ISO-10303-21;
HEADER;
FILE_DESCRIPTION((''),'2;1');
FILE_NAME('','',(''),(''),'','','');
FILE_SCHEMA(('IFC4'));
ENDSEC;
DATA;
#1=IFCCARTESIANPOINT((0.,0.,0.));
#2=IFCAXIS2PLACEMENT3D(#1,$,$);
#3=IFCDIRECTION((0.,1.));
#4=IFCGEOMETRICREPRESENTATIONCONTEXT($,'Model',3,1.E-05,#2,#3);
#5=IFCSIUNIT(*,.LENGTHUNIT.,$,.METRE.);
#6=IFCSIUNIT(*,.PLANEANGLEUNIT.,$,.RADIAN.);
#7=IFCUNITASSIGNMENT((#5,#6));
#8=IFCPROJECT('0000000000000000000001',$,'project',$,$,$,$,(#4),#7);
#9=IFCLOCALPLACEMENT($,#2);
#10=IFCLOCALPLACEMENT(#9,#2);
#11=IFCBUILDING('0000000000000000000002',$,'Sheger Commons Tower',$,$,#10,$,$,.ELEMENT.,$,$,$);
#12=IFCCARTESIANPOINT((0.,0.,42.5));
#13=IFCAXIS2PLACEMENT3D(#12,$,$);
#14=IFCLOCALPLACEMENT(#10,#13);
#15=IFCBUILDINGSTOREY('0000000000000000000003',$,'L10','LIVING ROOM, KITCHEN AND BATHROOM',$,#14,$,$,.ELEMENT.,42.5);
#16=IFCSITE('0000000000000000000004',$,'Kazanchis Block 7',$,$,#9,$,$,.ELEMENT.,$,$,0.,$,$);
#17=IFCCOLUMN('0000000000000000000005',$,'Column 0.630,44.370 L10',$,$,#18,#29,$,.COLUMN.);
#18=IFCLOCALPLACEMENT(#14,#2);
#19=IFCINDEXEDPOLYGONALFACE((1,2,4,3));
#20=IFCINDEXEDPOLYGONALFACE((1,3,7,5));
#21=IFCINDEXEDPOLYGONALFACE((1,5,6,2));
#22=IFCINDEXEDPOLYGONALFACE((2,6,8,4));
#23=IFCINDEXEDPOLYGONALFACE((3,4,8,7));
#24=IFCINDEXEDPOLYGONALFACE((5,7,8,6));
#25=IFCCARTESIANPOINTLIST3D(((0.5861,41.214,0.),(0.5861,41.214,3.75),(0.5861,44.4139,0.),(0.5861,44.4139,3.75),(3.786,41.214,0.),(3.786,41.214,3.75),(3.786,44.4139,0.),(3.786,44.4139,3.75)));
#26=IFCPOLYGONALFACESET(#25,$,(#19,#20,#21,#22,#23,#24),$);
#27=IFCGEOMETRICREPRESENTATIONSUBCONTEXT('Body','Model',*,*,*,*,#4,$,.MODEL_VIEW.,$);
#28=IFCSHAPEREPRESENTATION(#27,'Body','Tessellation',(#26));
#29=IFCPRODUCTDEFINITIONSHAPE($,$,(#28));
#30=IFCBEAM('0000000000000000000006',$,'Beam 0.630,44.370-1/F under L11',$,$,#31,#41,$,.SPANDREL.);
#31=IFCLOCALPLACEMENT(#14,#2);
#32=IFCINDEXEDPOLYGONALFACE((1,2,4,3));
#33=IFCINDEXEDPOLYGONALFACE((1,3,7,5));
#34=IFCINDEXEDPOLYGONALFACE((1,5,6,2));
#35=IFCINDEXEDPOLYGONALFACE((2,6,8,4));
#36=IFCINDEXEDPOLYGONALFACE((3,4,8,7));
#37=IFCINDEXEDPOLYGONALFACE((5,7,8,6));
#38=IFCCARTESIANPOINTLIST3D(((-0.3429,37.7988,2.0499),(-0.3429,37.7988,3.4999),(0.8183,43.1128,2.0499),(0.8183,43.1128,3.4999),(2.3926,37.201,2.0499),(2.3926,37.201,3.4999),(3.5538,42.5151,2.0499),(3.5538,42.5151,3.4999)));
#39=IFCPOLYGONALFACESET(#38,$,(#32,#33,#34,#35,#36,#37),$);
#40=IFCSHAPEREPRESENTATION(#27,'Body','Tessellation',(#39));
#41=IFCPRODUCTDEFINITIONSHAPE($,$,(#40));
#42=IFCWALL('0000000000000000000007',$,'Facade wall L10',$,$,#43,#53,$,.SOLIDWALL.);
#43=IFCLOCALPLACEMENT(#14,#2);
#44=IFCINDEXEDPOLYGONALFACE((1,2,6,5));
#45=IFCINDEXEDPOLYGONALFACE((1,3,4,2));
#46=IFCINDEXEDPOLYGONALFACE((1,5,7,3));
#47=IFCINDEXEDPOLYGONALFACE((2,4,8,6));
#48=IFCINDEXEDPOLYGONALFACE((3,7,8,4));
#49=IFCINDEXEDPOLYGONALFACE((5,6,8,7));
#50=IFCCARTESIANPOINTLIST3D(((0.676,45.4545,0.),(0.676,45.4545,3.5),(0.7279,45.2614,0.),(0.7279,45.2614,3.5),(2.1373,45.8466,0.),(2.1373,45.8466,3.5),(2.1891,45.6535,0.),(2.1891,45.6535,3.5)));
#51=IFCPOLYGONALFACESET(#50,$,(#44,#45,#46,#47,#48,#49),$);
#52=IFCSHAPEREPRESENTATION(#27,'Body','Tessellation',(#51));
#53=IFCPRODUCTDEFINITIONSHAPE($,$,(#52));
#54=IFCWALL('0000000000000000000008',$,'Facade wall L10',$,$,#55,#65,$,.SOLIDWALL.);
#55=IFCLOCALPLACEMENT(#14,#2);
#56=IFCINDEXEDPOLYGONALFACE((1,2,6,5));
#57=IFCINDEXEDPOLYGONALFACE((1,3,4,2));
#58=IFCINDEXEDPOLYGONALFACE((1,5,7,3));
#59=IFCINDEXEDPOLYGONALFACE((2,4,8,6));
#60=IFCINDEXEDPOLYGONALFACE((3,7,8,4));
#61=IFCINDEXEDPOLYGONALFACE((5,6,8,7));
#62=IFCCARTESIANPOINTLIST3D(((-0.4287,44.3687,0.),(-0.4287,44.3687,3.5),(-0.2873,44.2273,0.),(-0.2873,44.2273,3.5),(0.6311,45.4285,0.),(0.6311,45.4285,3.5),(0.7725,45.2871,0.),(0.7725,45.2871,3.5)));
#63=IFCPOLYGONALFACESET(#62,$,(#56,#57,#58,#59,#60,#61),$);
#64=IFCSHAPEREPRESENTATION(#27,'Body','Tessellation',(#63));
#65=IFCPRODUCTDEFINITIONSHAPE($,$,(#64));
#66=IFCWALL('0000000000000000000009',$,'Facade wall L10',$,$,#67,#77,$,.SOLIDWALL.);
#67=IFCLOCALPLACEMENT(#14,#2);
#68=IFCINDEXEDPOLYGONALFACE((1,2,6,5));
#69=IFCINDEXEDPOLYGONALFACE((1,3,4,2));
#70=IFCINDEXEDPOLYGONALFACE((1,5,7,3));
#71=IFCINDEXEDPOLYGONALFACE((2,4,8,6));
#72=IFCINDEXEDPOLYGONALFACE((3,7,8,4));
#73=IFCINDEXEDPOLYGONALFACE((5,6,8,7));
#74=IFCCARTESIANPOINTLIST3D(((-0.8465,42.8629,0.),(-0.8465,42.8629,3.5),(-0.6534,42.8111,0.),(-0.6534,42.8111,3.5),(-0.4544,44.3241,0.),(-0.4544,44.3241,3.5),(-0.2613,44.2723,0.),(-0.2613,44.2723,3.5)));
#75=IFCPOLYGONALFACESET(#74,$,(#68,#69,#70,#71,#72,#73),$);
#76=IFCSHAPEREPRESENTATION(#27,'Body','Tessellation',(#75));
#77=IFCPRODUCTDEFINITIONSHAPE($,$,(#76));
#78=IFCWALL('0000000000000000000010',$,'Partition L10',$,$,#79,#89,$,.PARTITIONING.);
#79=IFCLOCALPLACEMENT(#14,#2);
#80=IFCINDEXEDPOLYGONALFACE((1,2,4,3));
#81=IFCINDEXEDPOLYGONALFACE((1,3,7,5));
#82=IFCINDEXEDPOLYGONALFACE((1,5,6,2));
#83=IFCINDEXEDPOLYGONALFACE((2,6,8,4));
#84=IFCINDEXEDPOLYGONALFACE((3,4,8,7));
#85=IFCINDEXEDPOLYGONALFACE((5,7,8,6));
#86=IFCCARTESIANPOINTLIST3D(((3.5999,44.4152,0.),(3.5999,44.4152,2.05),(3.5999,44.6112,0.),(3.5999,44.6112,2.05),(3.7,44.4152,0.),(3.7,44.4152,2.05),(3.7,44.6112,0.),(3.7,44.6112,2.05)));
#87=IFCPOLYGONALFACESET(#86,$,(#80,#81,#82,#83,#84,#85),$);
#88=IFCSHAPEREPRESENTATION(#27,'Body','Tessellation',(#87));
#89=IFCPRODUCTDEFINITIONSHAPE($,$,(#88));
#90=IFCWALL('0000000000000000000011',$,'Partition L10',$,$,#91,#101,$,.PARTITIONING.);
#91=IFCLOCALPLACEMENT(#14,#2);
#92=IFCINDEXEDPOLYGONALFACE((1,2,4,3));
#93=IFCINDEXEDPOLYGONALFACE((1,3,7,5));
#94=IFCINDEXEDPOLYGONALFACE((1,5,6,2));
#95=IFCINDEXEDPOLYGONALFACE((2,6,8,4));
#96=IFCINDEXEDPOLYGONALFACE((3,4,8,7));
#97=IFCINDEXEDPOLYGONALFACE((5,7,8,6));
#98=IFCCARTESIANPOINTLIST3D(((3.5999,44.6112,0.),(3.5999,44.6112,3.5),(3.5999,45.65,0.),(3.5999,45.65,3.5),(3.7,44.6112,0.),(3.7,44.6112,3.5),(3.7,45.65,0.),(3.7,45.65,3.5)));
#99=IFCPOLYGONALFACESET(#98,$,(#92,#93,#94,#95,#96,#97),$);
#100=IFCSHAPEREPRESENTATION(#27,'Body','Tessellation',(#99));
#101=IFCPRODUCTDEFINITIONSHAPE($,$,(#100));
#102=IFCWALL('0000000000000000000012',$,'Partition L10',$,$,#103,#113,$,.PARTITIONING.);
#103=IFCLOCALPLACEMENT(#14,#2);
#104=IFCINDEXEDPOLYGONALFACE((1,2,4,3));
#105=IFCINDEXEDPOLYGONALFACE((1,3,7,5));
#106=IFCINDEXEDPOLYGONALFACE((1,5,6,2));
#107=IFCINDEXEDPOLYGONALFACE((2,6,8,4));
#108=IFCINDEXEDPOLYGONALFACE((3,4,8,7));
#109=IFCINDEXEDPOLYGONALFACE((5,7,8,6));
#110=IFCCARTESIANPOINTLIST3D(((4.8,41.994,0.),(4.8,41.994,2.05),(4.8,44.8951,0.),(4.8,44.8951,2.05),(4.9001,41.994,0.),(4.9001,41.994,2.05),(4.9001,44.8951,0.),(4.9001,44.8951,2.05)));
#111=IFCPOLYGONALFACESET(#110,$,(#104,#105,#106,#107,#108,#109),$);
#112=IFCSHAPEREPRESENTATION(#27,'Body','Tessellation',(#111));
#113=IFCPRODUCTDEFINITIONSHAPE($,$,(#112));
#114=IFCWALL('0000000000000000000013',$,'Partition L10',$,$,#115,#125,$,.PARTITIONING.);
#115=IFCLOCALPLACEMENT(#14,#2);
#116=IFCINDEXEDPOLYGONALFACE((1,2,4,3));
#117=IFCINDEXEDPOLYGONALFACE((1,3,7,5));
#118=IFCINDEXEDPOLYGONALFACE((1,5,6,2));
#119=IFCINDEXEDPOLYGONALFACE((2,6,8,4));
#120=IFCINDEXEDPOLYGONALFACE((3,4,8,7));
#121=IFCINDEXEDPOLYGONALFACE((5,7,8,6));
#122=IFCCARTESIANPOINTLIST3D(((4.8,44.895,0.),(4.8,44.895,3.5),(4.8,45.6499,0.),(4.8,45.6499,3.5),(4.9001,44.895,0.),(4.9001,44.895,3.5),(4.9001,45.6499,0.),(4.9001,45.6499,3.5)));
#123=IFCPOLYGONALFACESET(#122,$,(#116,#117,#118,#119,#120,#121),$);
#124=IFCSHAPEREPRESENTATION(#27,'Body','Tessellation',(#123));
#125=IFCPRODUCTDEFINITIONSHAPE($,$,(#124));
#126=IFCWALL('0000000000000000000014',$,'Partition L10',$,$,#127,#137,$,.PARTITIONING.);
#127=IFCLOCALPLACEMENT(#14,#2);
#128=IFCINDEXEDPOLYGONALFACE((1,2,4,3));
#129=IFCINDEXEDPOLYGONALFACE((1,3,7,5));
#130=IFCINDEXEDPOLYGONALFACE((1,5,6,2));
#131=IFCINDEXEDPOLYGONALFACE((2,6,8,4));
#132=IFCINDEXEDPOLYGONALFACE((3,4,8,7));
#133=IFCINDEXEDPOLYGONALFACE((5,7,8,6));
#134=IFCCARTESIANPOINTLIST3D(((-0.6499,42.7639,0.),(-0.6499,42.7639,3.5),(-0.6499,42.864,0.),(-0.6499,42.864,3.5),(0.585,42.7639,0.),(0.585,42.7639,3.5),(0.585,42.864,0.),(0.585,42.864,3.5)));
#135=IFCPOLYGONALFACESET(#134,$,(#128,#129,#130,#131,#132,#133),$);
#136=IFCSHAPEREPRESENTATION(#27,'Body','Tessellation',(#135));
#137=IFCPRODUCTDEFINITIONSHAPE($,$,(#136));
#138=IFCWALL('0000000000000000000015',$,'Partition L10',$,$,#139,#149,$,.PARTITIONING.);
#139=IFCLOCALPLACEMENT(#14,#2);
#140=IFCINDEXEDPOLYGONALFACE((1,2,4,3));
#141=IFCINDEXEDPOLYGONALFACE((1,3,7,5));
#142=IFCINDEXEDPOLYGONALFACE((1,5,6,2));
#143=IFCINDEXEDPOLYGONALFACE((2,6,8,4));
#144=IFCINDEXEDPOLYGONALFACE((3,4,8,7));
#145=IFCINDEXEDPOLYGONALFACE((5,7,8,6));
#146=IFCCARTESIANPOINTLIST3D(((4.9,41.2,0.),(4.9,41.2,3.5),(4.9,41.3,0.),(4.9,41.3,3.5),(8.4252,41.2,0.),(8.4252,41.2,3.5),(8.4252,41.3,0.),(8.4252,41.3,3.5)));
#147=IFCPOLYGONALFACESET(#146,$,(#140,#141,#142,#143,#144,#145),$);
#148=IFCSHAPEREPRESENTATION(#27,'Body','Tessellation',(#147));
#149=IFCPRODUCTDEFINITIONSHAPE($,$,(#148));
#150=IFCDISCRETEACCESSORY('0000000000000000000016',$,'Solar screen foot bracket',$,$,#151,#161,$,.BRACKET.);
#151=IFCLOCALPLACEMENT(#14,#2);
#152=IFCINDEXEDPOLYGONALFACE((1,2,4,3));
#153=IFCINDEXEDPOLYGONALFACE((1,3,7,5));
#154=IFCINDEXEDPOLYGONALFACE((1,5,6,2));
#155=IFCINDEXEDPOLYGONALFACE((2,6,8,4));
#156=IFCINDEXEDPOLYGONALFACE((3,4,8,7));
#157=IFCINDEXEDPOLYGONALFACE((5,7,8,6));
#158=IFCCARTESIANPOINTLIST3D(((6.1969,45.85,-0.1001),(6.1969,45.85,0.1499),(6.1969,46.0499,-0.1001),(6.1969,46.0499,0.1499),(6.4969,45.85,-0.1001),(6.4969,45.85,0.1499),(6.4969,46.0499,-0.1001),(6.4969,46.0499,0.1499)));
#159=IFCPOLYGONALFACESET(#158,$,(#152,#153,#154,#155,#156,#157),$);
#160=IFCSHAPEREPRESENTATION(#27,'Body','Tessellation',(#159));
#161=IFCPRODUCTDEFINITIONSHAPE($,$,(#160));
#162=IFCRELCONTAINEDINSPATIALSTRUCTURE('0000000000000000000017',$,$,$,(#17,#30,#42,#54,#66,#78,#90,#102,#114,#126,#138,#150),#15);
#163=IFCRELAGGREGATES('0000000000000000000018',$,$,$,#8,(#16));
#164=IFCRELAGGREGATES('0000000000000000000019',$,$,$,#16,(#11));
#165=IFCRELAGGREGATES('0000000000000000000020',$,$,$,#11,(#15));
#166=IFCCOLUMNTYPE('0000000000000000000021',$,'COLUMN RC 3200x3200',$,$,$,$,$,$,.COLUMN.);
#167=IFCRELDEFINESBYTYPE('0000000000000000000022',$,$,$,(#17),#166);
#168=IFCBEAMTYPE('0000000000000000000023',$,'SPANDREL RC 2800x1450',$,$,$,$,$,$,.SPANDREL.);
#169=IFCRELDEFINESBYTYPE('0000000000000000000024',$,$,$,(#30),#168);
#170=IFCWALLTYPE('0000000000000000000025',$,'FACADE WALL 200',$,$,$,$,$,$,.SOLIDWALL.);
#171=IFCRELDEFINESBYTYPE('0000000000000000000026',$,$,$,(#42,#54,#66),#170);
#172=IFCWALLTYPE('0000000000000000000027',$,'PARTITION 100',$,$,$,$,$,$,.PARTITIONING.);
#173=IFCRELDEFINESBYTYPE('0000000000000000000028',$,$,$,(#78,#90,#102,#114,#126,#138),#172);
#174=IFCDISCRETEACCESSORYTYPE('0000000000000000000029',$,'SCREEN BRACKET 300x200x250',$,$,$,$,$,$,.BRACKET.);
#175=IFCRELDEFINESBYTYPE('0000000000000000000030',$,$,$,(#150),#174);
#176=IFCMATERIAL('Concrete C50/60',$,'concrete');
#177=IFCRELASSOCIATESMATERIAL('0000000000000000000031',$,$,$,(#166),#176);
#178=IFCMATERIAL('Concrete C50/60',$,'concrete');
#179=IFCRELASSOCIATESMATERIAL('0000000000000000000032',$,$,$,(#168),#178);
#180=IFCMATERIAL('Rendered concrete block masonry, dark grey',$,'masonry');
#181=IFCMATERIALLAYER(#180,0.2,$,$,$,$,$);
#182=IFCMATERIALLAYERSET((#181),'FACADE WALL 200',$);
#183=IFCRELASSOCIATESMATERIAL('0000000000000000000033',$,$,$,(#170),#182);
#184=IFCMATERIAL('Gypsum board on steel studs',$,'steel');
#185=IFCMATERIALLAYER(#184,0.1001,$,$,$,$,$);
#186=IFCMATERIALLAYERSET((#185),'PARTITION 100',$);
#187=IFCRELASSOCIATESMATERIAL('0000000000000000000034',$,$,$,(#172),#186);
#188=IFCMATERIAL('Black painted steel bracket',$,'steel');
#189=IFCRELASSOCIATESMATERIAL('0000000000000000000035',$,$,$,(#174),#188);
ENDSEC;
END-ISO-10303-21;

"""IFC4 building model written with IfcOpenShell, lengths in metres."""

from ifc_helpers import new_model, si_unit, direction, frame, frame_2d, origin, origin_2d, place, context, subcontext, project, spatial, rectangle, extrude, material, layer, layer_set, material_profile, profile_set, type_object, element, save


model = new_model("IFC4")

# Units and contexts
model_context = context("Model", 3, precision=1e-05, world=origin(), true_north=direction((0.0, 1.0)))
body_context = subcontext(model_context, "Body", "Model", "MODEL_VIEW")
ifc_project = project(units=[si_unit("LENGTHUNIT", "METRE"), si_unit("PLANEANGLEUNIT", "RADIAN")], contexts=[model_context])

# Site, building, storey
site_placement = place(None, origin())
site = spatial("IfcSite", under=ifc_project, at=site_placement, Name="Kazanchis Block 7", CompositionType="ELEMENT", RefElevation=0.0)
building_placement = place(site_placement, origin())
building = spatial("IfcBuilding", under=site, at=building_placement, Name="Sheger Commons Tower", CompositionType="ELEMENT")
storey_placement = place(building_placement, frame((0.0, 0.0, 42.5)))
storey = spatial("IfcBuildingStorey", under=building, at=storey_placement, Name="L10", Description="LIVING ROOM, KITCHEN AND BATHROOM", CompositionType="ELEMENT", Elevation=42.5)

# Column
ifc_material_1 = material(Name="Concrete C50/60", Category="concrete")
ifc_material_profile_1 = material_profile(ifc_material_1, rectangle(XDim=3.2, YDim=3.2, at=origin_2d()), Name="RC 3200x3200")
ifc_profile_set_1 = profile_set([ifc_material_profile_1], Name="Concrete C50/60")
column_type = type_object("IfcColumnType", Name="COLUMN RC 3200x3200", PredefinedType="COLUMN", material=ifc_profile_set_1)
column_placement = place(storey_placement, frame((2.186, 42.814, 0.0), z_axis=(0.0, 0.0, 1.0), x_axis=(1.0, 0.0, 0.0)))
element("IfcColumn", 1, at=column_placement, inside=storey, type_object=column_type, Name="Column 0.630,44.370 L10", PredefinedType="COLUMN", context=body_context, shape_type="SweptSolid", body=[
    extrude(rectangle(XDim=3.2, YDim=3.2, at=origin_2d()), origin(), (0.0, 0.0, 1.0), 3.75),
])

# Beam
ifc_material_2 = material(Name="Concrete C50/60", Category="concrete")
ifc_material_profile_2 = material_profile(ifc_material_2, rectangle(XDim=2.8, YDim=1.45, at=origin_2d()), Name="RC 2800x1450")
ifc_profile_set_2 = profile_set([ifc_material_profile_2], Name="Concrete C50/60")
beam_type = type_object("IfcBeamType", Name="SPANDREL RC 2800x1450", PredefinedType="SPANDREL", material=ifc_profile_set_2)
beam_placement = place(storey_placement, frame((2.186, 42.814, 2.7749), z_axis=(-0.213469, -0.97695, 0.0), x_axis=(0.97695, -0.213469, 0.0)))
element("IfcBeam", 2, at=beam_placement, inside=storey, type_object=beam_type, Name="Beam 0.630,44.370-1/F under L11", PredefinedType="SPANDREL", context=body_context, shape_type="SweptSolid", body=[
    extrude(rectangle(XDim=2.8, YDim=1.45, at=origin_2d()), origin(), (0.0, 0.0, 1.0), 5.4395),
])

# Walls
ifc_material_3 = material(Name="Rendered concrete block masonry, dark grey", Category="masonry")
ifc_layer_1 = layer(ifc_material_3, 0.2)
ifc_layer_set_1 = layer_set([ifc_layer_1], Name="FACADE WALL 200")
wall_type_1 = type_object("IfcWallType", Name="FACADE WALL 200", PredefinedType="SOLIDWALL", material=ifc_layer_set_1)
wall_1_placement = place(storey_placement, frame((2.1631, 45.75, 0.0), z_axis=(0.0, 0.0, 1.0), x_axis=(-0.965832, -0.259169, 0.0)))
element("IfcWall", 3, at=wall_1_placement, inside=storey, type_object=wall_type_1, Name="Facade wall L10", PredefinedType="SOLIDWALL", context=body_context, shape_type="SweptSolid", body=[
    extrude(rectangle(XDim=1.5129, YDim=0.2, at=frame_2d((0.7563, 0.0))), origin(), (0.0, 0.0, 1.0), 3.5),
])
wall_2_placement = place(storey_placement, frame((0.7019, 45.3579, 0.0), z_axis=(0.0, 0.0, 1.0), x_axis=(-0.707107, -0.707107, 0.0)))
element("IfcWall", 4, at=wall_2_placement, inside=storey, type_object=wall_type_1, Name="Facade wall L10", PredefinedType="SOLIDWALL", context=body_context, shape_type="SweptSolid", body=[
    extrude(rectangle(XDim=1.4988, YDim=0.2, at=frame_2d((0.7495, 0.0))), origin(), (0.0, 0.0, 1.0), 3.5),
])
wall_3_placement = place(storey_placement, frame((-0.3579, 44.2981, 0.0), z_axis=(0.0, 0.0, 1.0), x_axis=(-0.259169, -0.965832, 0.0)))
element("IfcWall", 5, at=wall_3_placement, inside=storey, type_object=wall_type_1, Name="Facade wall L10", PredefinedType="SOLIDWALL", context=body_context, shape_type="SweptSolid", body=[
    extrude(rectangle(XDim=1.5129, YDim=0.2, at=frame_2d((0.7563, 0.0))), origin(), (0.0, 0.0, 1.0), 3.5),
])

# Walls
ifc_material_4 = material(Name="Gypsum board on steel studs", Category="steel")
ifc_layer_2 = layer(ifc_material_4, 0.1001)
ifc_layer_set_2 = layer_set([ifc_layer_2], Name="PARTITION 100")
wall_type_2 = type_object("IfcWallType", Name="PARTITION 100", PredefinedType="PARTITIONING", material=ifc_layer_set_2)
wall_4_placement = place(storey_placement, frame((3.6499, 44.415, 0.0), z_axis=(0.0, 0.0, 1.0), x_axis=(0.0, 1.0, 0.0)))
element("IfcWall", 6, at=wall_4_placement, inside=storey, type_object=wall_type_2, Name="Partition L10", PredefinedType="PARTITIONING", context=body_context, shape_type="SweptSolid", body=[
    extrude(rectangle(XDim=0.196, YDim=0.1001, at=frame_2d((0.0981, 0.0))), origin(), (0.0, 0.0, 1.0), 2.05),
])
wall_5_placement = place(storey_placement, frame((3.6499, 44.6111, 0.0), z_axis=(0.0, 0.0, 1.0), x_axis=(0.0, 1.0, 0.0)))
element("IfcWall", 7, at=wall_5_placement, inside=storey, type_object=wall_type_2, Name="Partition L10", PredefinedType="PARTITIONING", context=body_context, shape_type="SweptSolid", body=[
    extrude(rectangle(XDim=1.0388, YDim=0.1001, at=frame_2d((0.5195, 0.0))), origin(), (0.0, 0.0, 1.0), 3.5),
])
wall_6_placement = place(storey_placement, frame((4.8501, 41.9939, 0.0), z_axis=(0.0, 0.0, 1.0), x_axis=(0.0, 1.0, 0.0)))
element("IfcWall", 8, at=wall_6_placement, inside=storey, type_object=wall_type_2, Name="Partition L10", PredefinedType="PARTITIONING", context=body_context, shape_type="SweptSolid", body=[
    extrude(rectangle(XDim=2.9011, YDim=0.1001, at=frame_2d((1.4507, 0.0))), origin(), (0.0, 0.0, 1.0), 2.05),
])
wall_7_placement = place(storey_placement, frame((4.8501, 44.895, 0.0), z_axis=(0.0, 0.0, 1.0), x_axis=(0.0, 1.0, 0.0)))
element("IfcWall", 9, at=wall_7_placement, inside=storey, type_object=wall_type_2, Name="Partition L10", PredefinedType="PARTITIONING", context=body_context, shape_type="SweptSolid", body=[
    extrude(rectangle(XDim=0.7549, YDim=0.1001, at=frame_2d((0.3774, 0.0))), origin(), (0.0, 0.0, 1.0), 3.5),
])
wall_8_placement = place(storey_placement, frame((-0.6499, 42.814, 0.0), z_axis=(0.0, 0.0, 1.0), x_axis=(1.0, 0.0, 0.0)))
element("IfcWall", 10, at=wall_8_placement, inside=storey, type_object=wall_type_2, Name="Partition L10", PredefinedType="PARTITIONING", context=body_context, shape_type="SweptSolid", body=[
    extrude(rectangle(XDim=1.2349, YDim=0.1001, at=frame_2d((0.6174, 0.0))), origin(), (0.0, 0.0, 1.0), 3.5),
])
wall_9_placement = place(storey_placement, frame((4.8999, 41.25, 0.0), z_axis=(0.0, 0.0, 1.0), x_axis=(1.0, 0.0, 0.0)))
element("IfcWall", 11, at=wall_9_placement, inside=storey, type_object=wall_type_2, Name="Partition L10", PredefinedType="PARTITIONING", context=body_context, shape_type="SweptSolid", body=[
    extrude(rectangle(XDim=3.5251, YDim=0.1001, at=frame_2d((1.7627, 0.0))), origin(), (0.0, 0.0, 1.0), 3.5),
])

# Discrete accessory
ifc_material_5 = material(Name="Black painted steel bracket", Category="steel")
discrete_accessory_type = type_object("IfcDiscreteAccessoryType", Name="SCREEN BRACKET 300x200x250", PredefinedType="BRACKET", material=ifc_material_5)
discrete_accessory_placement = place(storey_placement, frame((6.3469, 45.95, -0.1001), z_axis=(0.0, 0.0, 1.0), x_axis=(-1.0, 0.0, 0.0)))
element("IfcDiscreteAccessory", 12, at=discrete_accessory_placement, inside=storey, type_object=discrete_accessory_type, Name="Solar screen foot bracket", PredefinedType="BRACKET", context=body_context, shape_type="SweptSolid", body=[
    extrude(rectangle(XDim=0.3, YDim=0.2, at=origin_2d()), origin(), (0.0, 0.0, 1.0), 0.25),
])

save(model, "model.ifc")
